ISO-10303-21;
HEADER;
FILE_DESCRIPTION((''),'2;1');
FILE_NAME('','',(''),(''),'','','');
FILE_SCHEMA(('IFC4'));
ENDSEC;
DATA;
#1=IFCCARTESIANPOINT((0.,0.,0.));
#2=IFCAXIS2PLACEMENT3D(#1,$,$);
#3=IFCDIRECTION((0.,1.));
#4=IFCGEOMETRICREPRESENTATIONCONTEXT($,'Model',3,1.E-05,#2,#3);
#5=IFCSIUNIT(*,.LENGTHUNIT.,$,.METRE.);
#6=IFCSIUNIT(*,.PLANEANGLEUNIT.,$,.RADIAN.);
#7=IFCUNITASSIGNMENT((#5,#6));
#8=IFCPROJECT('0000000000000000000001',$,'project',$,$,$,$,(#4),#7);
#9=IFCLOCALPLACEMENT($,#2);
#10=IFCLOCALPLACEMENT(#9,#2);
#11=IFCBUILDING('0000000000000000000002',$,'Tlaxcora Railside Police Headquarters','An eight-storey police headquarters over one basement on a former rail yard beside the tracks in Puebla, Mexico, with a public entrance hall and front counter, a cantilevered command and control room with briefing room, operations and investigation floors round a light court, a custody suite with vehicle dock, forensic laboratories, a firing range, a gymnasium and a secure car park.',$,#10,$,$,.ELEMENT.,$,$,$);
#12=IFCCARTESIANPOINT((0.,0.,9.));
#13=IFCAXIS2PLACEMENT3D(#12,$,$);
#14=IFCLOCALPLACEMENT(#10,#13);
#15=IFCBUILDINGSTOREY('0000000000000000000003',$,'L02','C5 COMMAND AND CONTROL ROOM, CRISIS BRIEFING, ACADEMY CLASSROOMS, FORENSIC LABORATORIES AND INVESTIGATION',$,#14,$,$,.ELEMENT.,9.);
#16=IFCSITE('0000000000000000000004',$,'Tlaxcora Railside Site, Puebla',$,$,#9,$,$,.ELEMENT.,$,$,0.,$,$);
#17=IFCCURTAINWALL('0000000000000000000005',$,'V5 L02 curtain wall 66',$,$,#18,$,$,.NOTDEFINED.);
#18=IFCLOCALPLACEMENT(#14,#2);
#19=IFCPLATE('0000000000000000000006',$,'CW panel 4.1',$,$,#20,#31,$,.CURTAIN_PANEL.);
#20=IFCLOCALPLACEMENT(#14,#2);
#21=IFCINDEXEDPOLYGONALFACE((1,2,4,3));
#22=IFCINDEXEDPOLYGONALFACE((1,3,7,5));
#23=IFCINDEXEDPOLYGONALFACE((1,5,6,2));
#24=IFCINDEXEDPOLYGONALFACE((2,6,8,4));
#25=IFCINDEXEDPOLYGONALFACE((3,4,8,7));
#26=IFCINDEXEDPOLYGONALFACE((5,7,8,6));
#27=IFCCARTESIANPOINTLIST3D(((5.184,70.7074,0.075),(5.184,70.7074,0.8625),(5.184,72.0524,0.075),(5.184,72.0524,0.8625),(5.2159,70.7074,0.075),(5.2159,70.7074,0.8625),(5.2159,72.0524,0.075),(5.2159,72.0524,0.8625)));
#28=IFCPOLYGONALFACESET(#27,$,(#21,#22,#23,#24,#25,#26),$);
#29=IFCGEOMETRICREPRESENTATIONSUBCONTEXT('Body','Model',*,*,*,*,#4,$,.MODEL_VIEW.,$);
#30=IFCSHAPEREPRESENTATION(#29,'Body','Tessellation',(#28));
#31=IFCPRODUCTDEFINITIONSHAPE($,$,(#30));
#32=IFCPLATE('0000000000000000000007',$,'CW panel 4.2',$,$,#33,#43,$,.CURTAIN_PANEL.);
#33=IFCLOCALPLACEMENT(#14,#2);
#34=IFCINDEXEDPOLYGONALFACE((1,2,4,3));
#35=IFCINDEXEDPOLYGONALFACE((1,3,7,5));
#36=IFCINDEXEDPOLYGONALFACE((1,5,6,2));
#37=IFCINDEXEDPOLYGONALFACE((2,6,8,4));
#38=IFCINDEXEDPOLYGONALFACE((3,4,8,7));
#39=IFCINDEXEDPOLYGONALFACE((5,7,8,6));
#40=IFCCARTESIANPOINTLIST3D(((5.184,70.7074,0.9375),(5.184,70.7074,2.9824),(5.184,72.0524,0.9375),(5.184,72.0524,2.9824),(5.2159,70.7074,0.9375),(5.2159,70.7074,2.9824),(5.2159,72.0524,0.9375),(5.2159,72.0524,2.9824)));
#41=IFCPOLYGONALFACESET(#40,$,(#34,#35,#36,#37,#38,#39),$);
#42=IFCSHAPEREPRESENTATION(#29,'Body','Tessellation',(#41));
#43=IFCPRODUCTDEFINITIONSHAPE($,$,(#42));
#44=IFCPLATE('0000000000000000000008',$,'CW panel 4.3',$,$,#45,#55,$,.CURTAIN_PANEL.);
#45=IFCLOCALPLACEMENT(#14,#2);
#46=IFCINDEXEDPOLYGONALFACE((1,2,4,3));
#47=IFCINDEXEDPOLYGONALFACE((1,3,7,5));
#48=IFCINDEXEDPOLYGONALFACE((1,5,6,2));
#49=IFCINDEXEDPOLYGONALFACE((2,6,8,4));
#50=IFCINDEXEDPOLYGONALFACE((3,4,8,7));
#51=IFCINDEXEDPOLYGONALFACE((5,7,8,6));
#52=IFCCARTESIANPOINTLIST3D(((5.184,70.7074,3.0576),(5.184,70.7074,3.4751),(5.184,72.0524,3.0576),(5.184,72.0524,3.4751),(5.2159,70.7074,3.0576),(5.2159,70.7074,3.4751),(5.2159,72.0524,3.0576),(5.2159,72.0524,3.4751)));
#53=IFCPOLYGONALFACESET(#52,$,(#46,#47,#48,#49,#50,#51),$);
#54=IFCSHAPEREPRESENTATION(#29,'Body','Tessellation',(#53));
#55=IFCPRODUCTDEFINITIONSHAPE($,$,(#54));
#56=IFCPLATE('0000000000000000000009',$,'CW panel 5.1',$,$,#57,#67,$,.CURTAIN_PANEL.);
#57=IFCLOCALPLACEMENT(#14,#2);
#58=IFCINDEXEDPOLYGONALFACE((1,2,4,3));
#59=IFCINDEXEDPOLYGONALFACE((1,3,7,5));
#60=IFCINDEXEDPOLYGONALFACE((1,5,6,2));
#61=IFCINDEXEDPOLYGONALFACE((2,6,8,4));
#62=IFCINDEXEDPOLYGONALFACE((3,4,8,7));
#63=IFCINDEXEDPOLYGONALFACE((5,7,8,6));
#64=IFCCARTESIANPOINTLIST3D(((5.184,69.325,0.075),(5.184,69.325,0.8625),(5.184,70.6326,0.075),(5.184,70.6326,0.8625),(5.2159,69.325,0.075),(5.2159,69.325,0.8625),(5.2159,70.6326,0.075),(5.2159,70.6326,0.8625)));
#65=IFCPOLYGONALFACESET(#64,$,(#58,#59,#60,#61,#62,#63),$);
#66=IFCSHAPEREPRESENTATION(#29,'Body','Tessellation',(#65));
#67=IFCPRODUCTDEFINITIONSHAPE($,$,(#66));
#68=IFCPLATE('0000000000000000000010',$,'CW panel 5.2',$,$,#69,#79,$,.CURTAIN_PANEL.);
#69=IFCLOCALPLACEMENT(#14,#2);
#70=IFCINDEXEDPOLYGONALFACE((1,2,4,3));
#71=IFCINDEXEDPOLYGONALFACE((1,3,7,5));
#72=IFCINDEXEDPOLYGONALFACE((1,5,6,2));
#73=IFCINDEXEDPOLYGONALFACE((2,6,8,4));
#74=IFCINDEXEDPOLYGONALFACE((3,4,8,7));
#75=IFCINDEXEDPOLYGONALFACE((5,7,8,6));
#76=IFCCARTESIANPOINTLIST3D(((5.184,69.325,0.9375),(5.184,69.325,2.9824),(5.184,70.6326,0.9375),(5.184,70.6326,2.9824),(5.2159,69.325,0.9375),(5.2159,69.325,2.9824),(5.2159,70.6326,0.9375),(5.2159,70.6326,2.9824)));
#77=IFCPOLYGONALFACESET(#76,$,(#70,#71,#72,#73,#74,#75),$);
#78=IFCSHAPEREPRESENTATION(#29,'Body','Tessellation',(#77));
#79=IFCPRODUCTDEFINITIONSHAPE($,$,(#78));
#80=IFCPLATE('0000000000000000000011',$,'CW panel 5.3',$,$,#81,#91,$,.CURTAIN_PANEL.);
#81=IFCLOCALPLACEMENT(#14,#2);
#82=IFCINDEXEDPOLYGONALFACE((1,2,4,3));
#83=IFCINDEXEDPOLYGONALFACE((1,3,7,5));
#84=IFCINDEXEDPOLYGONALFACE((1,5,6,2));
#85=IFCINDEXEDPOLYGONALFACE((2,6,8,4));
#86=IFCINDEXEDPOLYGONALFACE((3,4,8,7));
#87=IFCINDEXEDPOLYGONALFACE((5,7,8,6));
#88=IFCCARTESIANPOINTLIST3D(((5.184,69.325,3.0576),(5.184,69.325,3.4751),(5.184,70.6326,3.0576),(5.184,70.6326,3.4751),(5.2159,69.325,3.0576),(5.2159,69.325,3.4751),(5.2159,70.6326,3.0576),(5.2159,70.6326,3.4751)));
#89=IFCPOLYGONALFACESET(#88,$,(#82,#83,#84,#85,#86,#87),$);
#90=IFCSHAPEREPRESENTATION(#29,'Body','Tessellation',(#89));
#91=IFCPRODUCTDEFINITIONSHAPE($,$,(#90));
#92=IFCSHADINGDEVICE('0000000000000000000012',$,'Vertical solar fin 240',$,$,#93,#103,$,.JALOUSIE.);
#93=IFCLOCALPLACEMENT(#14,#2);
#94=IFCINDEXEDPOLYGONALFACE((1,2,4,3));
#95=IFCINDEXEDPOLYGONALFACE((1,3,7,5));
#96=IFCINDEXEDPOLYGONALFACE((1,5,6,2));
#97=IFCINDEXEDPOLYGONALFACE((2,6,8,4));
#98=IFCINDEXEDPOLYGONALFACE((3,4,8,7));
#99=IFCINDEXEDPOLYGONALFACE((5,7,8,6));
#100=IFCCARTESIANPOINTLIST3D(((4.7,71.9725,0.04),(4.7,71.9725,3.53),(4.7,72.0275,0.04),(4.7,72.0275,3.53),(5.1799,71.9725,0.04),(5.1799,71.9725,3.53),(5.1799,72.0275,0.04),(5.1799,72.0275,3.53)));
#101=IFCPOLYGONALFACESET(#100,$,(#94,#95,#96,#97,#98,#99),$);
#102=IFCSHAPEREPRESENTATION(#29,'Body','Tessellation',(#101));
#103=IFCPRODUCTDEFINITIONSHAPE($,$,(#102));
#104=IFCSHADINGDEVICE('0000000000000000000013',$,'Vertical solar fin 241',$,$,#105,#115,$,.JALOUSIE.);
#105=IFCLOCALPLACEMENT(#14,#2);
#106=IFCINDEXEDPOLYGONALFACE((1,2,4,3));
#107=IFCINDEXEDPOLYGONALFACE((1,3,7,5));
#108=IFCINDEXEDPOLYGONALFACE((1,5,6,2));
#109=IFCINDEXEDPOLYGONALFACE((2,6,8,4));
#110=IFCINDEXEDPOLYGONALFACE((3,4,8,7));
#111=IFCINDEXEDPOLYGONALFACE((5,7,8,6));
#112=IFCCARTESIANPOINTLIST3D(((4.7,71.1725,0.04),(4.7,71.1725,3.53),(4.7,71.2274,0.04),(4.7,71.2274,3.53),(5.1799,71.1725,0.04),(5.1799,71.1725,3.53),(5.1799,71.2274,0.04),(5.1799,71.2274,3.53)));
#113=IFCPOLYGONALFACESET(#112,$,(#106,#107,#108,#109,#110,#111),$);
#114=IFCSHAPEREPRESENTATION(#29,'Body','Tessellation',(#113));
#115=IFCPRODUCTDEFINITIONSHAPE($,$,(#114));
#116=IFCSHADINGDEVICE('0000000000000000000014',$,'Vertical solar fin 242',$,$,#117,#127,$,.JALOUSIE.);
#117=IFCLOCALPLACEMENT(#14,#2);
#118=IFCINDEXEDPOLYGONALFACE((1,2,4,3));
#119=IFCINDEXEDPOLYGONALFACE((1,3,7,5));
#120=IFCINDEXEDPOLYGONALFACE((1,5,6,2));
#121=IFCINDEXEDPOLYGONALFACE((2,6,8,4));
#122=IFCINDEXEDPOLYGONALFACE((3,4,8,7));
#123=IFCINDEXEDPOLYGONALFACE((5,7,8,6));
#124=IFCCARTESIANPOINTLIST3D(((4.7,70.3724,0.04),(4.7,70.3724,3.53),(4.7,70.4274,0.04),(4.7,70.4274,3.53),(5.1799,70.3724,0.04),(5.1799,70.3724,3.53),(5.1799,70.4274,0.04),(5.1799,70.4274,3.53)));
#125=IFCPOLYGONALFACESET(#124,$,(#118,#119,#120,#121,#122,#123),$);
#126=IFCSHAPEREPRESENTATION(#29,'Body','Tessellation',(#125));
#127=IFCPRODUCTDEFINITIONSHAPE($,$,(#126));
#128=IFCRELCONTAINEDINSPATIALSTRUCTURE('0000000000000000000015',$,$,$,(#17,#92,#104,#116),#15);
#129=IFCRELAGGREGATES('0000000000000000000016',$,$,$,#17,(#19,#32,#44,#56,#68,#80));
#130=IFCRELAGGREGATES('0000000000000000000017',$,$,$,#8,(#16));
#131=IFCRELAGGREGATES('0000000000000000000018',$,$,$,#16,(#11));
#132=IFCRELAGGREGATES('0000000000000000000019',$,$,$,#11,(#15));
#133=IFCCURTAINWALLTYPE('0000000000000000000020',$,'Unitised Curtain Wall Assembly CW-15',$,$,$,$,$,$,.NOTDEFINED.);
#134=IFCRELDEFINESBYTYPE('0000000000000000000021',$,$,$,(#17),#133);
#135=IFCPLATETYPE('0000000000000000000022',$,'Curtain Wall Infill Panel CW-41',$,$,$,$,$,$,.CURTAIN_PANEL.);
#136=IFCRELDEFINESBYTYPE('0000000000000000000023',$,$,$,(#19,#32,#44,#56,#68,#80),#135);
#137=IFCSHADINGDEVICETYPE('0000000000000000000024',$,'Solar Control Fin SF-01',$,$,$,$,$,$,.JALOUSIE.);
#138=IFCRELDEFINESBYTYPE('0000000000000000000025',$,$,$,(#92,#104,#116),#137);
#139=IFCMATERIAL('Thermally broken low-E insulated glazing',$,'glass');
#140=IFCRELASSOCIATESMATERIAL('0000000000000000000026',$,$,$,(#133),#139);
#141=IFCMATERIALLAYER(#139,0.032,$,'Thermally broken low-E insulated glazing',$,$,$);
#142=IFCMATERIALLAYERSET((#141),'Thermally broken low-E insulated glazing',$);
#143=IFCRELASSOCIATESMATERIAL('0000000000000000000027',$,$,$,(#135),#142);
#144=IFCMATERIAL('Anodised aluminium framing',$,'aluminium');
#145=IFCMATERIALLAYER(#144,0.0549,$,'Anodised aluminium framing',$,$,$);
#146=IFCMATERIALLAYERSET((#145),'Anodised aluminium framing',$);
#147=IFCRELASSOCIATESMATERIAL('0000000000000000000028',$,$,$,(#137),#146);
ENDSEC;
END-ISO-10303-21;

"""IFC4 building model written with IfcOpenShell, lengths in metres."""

from ifc_helpers import new_model, si_unit, direction, frame, origin, origin_2d, place, context, subcontext, project, spatial, rectangle, extrude, material, layer, layer_set, type_object, element, aggregate, save


model = new_model("IFC4")

# Units and contexts
model_context = context("Model", 3, precision=1e-05, world=origin(), true_north=direction((0.0, 1.0)))
body_context = subcontext(model_context, "Body", "Model", "MODEL_VIEW")
ifc_project = project(units=[si_unit("LENGTHUNIT", "METRE"), si_unit("PLANEANGLEUNIT", "RADIAN")], contexts=[model_context])

# Site, building, storey
site_placement = place(None, origin())
site = spatial("IfcSite", under=ifc_project, at=site_placement, Name="Tlaxcora Railside Site, Puebla", CompositionType="ELEMENT", RefElevation=0.0)
building_placement = place(site_placement, origin())
building = spatial("IfcBuilding", under=site, at=building_placement, Name="Tlaxcora Railside Police Headquarters", Description="An eight-storey police headquarters over one basement on a former rail yard beside the tracks in Puebla, Mexico, with a public entrance hall and front counter, a cantilevered command and control room with briefing room, operations and investigation floors round a light court, a custody suite with vehicle dock, forensic laboratories, a firing range, a gymnasium and a secure car park.", CompositionType="ELEMENT")
storey_placement = place(building_placement, frame((0.0, 0.0, 9.0)))
storey = spatial("IfcBuildingStorey", under=building, at=storey_placement, Name="L02", Description="C5 COMMAND AND CONTROL ROOM, CRISIS BRIEFING, ACADEMY CLASSROOMS, FORENSIC LABORATORIES AND INVESTIGATION", CompositionType="ELEMENT", Elevation=9.0)

# Curtain wall
ifc_material_1 = material(Name="Thermally broken low-E insulated glazing", Category="glass")
curtain_wall_type_1 = type_object("IfcCurtainWallType", Name="Unitised Curtain Wall Assembly CW-15", PredefinedType="NOTDEFINED", material=ifc_material_1)
curtain_wall_1_placement = place(storey_placement, origin())
curtain_wall_1 = element("IfcCurtainWall", 1, at=curtain_wall_1_placement, inside=storey, type_object=curtain_wall_type_1, Name="V5 L02 curtain wall 66", PredefinedType="NOTDEFINED")
ifc_material_2 = material(Name="Anodised aluminium framing", Category="aluminium")

# Plates
ifc_layer_1 = layer(ifc_material_1, 0.032, Name="Thermally broken low-E insulated glazing")
ifc_layer_set_1 = layer_set([ifc_layer_1], Name="Thermally broken low-E insulated glazing")
plate_type = type_object("IfcPlateType", Name="Curtain Wall Infill Panel CW-41", PredefinedType="CURTAIN_PANEL", material=ifc_layer_set_1)
plate_1_placement = place(storey_placement, frame((5.2, 71.3799, 0.075), z_axis=(0.0, 0.0, 1.0), x_axis=(0.0, -1.0, 0.0)))
plate_1 = element("IfcPlate", 2, at=plate_1_placement, type_object=plate_type, Name="CW panel 4.1", PredefinedType="CURTAIN_PANEL", context=body_context, shape_type="SweptSolid", body=[
    extrude(rectangle(XDim=1.345, YDim=0.032, at=origin_2d()), origin(), (0.0, 0.0, 1.0), 0.7876),
])
plate_2_placement = place(storey_placement, frame((5.2, 71.3799, 0.9375), z_axis=(0.0, 0.0, 1.0), x_axis=(0.0, -1.0, 0.0)))
plate_2 = element("IfcPlate", 3, at=plate_2_placement, type_object=plate_type, Name="CW panel 4.2", PredefinedType="CURTAIN_PANEL", context=body_context, shape_type="SweptSolid", body=[
    extrude(rectangle(XDim=1.345, YDim=0.032, at=origin_2d()), origin(), (0.0, 0.0, 1.0), 2.0449),
])
plate_3_placement = place(storey_placement, frame((5.2, 71.3799, 3.0576), z_axis=(0.0, 0.0, 1.0), x_axis=(0.0, -1.0, 0.0)))
plate_3 = element("IfcPlate", 4, at=plate_3_placement, type_object=plate_type, Name="CW panel 4.3", PredefinedType="CURTAIN_PANEL", context=body_context, shape_type="SweptSolid", body=[
    extrude(rectangle(XDim=1.345, YDim=0.032, at=origin_2d()), origin(), (0.0, 0.0, 1.0), 0.4175),
])
plate_4_placement = place(storey_placement, frame((5.2, 69.9788, 0.075), z_axis=(0.0, 0.0, 1.0), x_axis=(0.0, -1.0, 0.0)))
plate_4 = element("IfcPlate", 5, at=plate_4_placement, type_object=plate_type, Name="CW panel 5.1", PredefinedType="CURTAIN_PANEL", context=body_context, shape_type="SweptSolid", body=[
    extrude(rectangle(XDim=1.3076, YDim=0.032, at=origin_2d()), origin(), (0.0, 0.0, 1.0), 0.7876),
])
plate_5_placement = place(storey_placement, frame((5.2, 69.9788, 0.9375), z_axis=(0.0, 0.0, 1.0), x_axis=(0.0, -1.0, 0.0)))
plate_5 = element("IfcPlate", 6, at=plate_5_placement, type_object=plate_type, Name="CW panel 5.2", PredefinedType="CURTAIN_PANEL", context=body_context, shape_type="SweptSolid", body=[
    extrude(rectangle(XDim=1.3076, YDim=0.032, at=origin_2d()), origin(), (0.0, 0.0, 1.0), 2.0449),
])
plate_6_placement = place(storey_placement, frame((5.2, 69.9788, 3.0576), z_axis=(0.0, 0.0, 1.0), x_axis=(0.0, -1.0, 0.0)))
plate_6 = element("IfcPlate", 7, at=plate_6_placement, type_object=plate_type, Name="CW panel 5.3", PredefinedType="CURTAIN_PANEL", context=body_context, shape_type="SweptSolid", body=[
    extrude(rectangle(XDim=1.3076, YDim=0.032, at=origin_2d()), origin(), (0.0, 0.0, 1.0), 0.4175),
])
aggregate(curtain_wall_1, [plate_1, plate_2, plate_3, plate_4, plate_5, plate_6])

# Shading devices
ifc_layer_2 = layer(ifc_material_2, 0.0549, Name="Anodised aluminium framing")
ifc_layer_set_2 = layer_set([ifc_layer_2], Name="Anodised aluminium framing")
shading_device_type = type_object("IfcShadingDeviceType", Name="Solar Control Fin SF-01", PredefinedType="JALOUSIE", material=ifc_layer_set_2)
for number, where, z_axis, x_axis, name in (
    (8, (4.9399, 72.0, 0.04), (0.0, 0.0, 1.0), (-1.0, 0.0, 0.0), "Vertical solar fin 240"),
    (9, (4.9399, 71.2, 0.04), (0.0, 0.0, 1.0), (-1.0, 0.0, 0.0), "Vertical solar fin 241"),
    (10, (4.9399, 70.3999, 0.04), (0.0, 0.0, 1.0), (-1.0, 0.0, 0.0), "Vertical solar fin 242"),
):
    element("IfcShadingDevice", number, at=place(storey_placement, frame(where, z_axis=z_axis, x_axis=x_axis)), inside=storey, type_object=shading_device_type, Name=name, PredefinedType="JALOUSIE", context=body_context, shape_type="SweptSolid", body=[
        extrude(rectangle(XDim=0.48, YDim=0.0549, at=origin_2d()), origin(), (0.0, 0.0, 1.0), 3.49),
    ])

save(model, "model.ifc")
